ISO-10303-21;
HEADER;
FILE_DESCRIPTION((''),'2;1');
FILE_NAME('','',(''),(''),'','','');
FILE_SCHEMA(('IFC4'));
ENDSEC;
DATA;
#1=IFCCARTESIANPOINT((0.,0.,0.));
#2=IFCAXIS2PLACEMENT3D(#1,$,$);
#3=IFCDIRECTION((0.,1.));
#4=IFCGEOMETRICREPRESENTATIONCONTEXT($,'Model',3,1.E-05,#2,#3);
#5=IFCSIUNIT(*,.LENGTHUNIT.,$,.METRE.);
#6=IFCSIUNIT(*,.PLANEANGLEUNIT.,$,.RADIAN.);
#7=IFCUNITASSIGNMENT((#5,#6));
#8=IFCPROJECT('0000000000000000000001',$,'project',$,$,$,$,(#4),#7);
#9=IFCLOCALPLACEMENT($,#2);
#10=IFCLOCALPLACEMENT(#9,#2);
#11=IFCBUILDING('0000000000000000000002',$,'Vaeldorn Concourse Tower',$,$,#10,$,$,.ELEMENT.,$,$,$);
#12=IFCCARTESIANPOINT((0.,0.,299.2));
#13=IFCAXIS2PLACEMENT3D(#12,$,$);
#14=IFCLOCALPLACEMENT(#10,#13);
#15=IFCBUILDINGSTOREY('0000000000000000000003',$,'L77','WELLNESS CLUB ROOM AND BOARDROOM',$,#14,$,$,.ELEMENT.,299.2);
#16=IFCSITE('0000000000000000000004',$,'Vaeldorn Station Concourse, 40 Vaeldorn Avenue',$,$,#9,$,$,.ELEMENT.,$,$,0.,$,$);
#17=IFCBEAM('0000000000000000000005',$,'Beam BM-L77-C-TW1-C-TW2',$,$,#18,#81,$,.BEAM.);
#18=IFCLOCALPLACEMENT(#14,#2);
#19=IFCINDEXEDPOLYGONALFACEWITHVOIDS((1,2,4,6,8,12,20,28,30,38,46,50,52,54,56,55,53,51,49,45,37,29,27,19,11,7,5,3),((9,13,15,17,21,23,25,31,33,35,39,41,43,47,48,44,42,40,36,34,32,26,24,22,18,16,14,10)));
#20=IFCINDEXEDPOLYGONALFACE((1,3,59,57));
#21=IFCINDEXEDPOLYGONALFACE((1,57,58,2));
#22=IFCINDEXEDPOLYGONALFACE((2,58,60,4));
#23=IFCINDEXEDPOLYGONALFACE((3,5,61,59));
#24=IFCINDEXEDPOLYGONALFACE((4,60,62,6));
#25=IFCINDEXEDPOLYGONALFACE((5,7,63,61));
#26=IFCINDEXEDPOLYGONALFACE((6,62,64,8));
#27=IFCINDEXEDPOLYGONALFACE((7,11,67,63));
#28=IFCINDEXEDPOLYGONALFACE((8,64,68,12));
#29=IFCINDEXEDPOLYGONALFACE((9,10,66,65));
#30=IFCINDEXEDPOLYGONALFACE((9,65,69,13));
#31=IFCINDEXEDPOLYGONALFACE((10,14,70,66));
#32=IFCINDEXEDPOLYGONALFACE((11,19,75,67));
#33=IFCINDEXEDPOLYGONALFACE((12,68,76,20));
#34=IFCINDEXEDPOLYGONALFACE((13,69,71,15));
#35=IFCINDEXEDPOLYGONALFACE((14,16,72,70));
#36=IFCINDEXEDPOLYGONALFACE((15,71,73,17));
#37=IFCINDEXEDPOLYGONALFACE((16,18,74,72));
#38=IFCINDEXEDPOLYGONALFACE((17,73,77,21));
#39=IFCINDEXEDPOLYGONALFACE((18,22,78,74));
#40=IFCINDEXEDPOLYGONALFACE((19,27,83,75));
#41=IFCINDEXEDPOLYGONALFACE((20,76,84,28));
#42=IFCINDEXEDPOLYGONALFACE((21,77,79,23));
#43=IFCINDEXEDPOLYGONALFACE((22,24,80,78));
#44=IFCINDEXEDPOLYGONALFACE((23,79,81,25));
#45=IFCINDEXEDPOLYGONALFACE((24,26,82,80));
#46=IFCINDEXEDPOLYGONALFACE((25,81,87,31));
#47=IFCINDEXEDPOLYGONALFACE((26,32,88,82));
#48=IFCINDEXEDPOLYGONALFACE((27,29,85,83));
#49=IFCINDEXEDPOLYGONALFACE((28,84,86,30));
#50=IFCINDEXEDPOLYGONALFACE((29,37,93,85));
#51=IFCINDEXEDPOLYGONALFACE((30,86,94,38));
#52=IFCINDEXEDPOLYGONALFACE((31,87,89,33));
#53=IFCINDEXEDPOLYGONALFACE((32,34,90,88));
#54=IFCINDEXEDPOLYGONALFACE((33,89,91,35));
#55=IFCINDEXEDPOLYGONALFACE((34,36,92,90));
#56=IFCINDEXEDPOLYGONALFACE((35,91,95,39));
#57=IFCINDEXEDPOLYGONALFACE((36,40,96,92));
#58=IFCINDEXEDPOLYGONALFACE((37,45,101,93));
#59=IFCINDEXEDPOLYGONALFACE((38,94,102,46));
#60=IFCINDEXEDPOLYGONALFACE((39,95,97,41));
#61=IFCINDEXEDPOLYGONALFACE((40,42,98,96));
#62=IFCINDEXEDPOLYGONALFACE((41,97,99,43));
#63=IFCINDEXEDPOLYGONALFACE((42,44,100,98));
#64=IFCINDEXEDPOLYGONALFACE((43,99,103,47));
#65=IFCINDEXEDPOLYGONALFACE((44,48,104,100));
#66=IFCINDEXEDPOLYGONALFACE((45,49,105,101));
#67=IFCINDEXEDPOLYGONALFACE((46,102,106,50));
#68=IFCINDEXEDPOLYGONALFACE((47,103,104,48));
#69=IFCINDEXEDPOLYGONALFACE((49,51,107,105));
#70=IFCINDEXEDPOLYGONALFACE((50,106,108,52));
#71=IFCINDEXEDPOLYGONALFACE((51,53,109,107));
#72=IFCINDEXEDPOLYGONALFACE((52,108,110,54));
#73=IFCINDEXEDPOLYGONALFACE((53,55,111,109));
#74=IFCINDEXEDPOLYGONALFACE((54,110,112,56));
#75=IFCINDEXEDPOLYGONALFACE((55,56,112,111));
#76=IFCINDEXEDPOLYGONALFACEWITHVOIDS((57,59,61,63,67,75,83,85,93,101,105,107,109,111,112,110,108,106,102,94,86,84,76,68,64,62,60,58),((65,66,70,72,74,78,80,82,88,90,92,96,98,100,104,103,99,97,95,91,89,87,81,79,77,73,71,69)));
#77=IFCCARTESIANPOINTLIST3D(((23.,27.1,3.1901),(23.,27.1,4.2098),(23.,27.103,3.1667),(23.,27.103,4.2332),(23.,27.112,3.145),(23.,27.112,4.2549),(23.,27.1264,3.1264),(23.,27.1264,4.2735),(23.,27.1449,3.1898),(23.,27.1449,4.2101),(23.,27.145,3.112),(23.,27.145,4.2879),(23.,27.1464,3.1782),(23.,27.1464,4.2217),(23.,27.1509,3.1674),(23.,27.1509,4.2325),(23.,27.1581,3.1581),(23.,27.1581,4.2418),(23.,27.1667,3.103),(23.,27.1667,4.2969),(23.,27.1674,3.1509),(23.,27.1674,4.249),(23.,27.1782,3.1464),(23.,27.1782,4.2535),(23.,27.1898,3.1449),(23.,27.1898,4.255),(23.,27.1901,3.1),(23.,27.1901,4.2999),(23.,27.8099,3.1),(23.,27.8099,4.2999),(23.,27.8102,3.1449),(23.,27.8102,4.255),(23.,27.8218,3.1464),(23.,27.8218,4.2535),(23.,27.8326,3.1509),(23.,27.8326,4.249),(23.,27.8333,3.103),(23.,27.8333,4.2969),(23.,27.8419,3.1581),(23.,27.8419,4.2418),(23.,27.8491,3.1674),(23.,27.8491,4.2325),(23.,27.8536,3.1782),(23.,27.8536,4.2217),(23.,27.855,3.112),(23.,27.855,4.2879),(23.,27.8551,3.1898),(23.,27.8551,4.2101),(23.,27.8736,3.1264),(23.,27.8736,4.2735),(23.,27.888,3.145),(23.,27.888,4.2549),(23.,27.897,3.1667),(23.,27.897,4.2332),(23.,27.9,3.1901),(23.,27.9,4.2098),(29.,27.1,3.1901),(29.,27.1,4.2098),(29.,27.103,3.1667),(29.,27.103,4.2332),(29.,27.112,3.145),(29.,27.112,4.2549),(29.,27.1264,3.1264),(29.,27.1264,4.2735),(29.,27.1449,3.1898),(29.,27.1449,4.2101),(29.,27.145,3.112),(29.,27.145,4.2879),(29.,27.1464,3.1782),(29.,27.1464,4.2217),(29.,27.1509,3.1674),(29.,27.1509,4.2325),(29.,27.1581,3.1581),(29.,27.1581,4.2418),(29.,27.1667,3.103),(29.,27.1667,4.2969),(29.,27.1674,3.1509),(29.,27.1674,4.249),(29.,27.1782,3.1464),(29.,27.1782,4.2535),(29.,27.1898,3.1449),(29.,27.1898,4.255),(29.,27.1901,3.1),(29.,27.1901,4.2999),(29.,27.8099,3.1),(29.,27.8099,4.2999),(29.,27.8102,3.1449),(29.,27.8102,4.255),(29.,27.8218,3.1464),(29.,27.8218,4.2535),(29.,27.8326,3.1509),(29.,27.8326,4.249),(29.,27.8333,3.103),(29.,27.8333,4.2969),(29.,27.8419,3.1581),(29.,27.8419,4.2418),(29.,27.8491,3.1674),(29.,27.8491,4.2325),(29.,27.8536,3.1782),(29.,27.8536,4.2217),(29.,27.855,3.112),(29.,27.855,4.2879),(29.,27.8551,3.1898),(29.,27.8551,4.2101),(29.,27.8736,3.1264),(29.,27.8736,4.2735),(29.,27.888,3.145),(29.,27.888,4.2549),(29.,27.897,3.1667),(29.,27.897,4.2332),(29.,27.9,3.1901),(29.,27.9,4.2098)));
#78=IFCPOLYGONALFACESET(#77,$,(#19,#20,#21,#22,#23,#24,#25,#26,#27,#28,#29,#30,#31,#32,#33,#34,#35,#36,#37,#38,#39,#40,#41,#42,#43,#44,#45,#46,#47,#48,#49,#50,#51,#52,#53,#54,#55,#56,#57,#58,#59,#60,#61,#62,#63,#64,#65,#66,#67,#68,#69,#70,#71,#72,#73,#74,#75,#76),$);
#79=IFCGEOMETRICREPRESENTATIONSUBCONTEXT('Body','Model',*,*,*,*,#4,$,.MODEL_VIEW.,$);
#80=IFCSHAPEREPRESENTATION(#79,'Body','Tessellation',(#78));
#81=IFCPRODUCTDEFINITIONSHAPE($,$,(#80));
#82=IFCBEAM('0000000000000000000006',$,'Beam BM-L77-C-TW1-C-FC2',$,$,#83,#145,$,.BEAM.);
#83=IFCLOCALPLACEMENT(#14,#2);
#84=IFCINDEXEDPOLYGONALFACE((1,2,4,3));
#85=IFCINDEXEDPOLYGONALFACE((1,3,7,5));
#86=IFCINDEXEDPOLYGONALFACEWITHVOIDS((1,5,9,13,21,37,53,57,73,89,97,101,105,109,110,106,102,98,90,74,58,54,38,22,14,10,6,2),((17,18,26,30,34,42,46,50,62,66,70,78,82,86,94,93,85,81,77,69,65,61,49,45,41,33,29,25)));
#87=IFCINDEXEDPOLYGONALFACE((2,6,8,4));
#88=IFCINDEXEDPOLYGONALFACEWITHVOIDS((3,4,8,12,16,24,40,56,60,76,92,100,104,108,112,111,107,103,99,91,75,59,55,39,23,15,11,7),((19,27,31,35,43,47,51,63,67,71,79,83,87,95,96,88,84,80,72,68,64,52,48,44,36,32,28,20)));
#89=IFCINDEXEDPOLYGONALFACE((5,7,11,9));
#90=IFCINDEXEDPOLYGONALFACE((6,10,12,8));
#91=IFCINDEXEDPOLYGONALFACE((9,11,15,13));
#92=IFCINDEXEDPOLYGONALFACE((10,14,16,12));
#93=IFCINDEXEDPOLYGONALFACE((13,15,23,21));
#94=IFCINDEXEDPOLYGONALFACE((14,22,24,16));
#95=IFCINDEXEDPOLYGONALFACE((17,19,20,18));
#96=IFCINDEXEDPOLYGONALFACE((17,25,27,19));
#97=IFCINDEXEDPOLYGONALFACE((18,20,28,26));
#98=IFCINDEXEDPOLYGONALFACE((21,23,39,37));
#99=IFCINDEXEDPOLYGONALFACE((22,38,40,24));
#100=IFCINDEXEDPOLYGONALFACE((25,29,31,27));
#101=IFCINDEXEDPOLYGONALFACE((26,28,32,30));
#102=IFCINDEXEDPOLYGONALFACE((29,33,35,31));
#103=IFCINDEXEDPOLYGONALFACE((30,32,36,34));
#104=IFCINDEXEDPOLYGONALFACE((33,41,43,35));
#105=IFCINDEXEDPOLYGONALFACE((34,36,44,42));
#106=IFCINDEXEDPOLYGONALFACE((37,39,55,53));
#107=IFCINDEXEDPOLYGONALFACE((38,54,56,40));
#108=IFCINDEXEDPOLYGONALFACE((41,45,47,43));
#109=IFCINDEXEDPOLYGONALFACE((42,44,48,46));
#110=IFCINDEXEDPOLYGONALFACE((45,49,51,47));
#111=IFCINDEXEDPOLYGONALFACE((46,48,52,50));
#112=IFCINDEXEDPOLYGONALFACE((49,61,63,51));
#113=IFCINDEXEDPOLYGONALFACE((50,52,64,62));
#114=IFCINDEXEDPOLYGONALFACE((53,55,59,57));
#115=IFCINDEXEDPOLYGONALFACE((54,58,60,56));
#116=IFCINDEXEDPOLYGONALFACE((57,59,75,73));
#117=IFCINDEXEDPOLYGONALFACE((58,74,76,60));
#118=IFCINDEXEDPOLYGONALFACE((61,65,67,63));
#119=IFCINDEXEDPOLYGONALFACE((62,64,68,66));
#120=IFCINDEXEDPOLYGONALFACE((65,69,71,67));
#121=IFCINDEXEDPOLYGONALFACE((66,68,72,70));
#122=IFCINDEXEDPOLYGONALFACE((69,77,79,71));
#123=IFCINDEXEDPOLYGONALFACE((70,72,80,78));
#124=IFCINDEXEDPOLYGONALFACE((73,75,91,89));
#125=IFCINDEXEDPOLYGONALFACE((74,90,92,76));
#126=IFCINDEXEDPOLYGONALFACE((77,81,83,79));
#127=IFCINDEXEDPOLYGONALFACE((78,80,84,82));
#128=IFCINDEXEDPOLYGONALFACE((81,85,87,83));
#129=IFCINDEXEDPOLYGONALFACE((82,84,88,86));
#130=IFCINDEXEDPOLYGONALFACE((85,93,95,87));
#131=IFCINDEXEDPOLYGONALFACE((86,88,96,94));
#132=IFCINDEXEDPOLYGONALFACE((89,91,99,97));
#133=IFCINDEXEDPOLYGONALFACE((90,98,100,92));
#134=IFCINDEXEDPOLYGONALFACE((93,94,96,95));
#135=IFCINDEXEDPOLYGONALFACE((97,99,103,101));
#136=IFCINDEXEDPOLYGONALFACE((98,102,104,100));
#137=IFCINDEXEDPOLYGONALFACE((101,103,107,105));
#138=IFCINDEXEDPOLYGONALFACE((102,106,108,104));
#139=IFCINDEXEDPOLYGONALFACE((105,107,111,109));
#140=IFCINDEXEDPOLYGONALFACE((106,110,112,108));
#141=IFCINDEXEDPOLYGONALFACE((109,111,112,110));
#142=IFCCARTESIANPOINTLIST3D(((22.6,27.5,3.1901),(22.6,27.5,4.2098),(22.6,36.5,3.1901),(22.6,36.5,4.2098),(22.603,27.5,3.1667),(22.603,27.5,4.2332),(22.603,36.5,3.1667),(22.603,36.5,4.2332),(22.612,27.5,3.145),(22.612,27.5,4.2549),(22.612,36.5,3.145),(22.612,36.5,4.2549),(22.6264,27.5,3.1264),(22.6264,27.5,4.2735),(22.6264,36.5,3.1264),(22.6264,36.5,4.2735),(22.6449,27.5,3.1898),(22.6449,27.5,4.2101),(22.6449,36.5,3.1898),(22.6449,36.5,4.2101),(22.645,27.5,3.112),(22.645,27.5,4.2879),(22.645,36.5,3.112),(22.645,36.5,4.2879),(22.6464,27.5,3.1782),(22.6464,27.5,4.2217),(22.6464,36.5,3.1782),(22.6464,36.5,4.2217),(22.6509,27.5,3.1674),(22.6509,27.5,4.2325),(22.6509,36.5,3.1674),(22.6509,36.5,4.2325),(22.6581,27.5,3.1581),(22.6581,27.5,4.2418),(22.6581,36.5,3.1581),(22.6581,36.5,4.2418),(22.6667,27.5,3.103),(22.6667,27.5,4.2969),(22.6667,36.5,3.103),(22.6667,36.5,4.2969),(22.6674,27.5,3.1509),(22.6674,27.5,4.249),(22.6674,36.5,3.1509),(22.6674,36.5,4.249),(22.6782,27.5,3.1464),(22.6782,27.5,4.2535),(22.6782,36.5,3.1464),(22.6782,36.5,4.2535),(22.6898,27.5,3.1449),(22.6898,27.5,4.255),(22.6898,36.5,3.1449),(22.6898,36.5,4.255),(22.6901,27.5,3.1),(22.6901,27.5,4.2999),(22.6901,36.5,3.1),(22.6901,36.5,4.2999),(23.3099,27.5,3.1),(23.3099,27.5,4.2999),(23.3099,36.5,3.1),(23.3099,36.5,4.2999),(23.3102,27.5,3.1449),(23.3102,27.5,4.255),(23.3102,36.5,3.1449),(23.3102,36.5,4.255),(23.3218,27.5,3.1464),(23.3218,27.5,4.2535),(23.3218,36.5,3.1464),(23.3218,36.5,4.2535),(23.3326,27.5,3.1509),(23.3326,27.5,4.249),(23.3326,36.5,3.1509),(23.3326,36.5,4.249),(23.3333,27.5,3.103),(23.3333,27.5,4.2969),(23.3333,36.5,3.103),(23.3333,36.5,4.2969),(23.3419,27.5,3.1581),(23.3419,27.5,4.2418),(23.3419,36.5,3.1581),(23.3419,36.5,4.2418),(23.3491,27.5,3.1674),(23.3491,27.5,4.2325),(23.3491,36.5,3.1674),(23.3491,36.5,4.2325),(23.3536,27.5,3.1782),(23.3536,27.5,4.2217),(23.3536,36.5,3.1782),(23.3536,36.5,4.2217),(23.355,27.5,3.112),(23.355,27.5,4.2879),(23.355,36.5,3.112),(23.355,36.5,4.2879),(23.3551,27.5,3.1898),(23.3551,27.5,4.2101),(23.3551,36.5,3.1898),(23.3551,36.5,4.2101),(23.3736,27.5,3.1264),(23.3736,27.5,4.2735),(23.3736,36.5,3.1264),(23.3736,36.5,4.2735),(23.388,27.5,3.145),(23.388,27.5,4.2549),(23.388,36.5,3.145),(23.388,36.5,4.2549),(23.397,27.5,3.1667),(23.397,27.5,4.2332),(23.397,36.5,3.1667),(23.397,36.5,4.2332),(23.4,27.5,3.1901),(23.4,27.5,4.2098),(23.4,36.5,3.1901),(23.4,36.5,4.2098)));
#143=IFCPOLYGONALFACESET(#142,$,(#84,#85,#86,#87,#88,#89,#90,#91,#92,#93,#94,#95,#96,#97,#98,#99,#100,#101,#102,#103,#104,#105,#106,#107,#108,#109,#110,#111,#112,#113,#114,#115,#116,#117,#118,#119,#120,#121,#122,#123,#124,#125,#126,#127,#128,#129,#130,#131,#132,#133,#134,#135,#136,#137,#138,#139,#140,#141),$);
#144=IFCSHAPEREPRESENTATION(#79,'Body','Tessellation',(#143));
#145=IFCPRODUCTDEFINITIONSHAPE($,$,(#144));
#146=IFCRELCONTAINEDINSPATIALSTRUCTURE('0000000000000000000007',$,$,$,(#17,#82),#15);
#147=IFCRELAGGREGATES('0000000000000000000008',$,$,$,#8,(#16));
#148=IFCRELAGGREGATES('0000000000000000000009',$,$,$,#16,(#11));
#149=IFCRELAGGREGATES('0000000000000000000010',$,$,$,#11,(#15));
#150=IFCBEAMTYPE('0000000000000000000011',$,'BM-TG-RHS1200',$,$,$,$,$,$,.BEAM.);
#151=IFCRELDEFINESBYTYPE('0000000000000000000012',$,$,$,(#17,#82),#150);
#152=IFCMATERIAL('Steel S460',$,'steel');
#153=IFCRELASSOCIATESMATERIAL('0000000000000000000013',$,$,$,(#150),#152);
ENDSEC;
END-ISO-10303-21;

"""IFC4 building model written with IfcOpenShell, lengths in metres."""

from ifc_helpers import new_model, si_unit, direction, frame, origin, origin_2d, place, context, subcontext, project, spatial, hollow_rectangle, extrude, source, transform, mapped, material, material_profile, profile_set, type_object, element, save


model = new_model("IFC4")

# Units and contexts
model_context = context("Model", 3, precision=1e-05, world=origin(), true_north=direction((0.0, 1.0)))
body_context = subcontext(model_context, "Body", "Model", "MODEL_VIEW")
ifc_project = project(units=[si_unit("LENGTHUNIT", "METRE"), si_unit("PLANEANGLEUNIT", "RADIAN")], contexts=[model_context])

# Site, building, storey
site_placement = place(None, origin())
site = spatial("IfcSite", under=ifc_project, at=site_placement, Name="Vaeldorn Station Concourse, 40 Vaeldorn Avenue", CompositionType="ELEMENT", RefElevation=0.0)
building_placement = place(site_placement, origin())
building = spatial("IfcBuilding", under=site, at=building_placement, Name="Vaeldorn Concourse Tower", CompositionType="ELEMENT")
storey_placement = place(building_placement, frame((0.0, 0.0, 299.2)))
storey = spatial("IfcBuildingStorey", under=building, at=storey_placement, Name="L77", Description="WELLNESS CLUB ROOM AND BOARDROOM", CompositionType="ELEMENT", Elevation=299.2)

# Beams
ifc_material_1 = material(Name="Steel S460", Category="steel")
ifc_material_profile_1 = material_profile(ifc_material_1, hollow_rectangle(XDim=0.8, YDim=1.2, WallThickness=0.0449, InnerFilletRadius=0.0449, OuterFilletRadius=0.0901, at=origin_2d()), Name="RHS 1200x800x45")
ifc_profile_set_1 = profile_set([ifc_material_profile_1], Name="Steel S460")
beam_type_1 = type_object("IfcBeamType", Name="BM-TG-RHS1200", PredefinedType="BEAM", material=ifc_profile_set_1)
shared_shape_1 = source(origin(), body_context, "Body", "SweptSolid", [
    extrude(hollow_rectangle(XDim=0.8, YDim=1.2, WallThickness=0.0449, InnerFilletRadius=0.0449, OuterFilletRadius=0.0901, at=origin_2d()), origin(), (0.0, 0.0, 1.0), 6.0),
])
beam_1_placement = place(storey_placement, frame((23.0, 27.5, 3.7), z_axis=(1.0, 0.0, 0.0), x_axis=(0.0, 1.0, 0.0)))
element("IfcBeam", 1, at=beam_1_placement, inside=storey, type_object=beam_type_1, Name="Beam BM-L77-C-TW1-C-TW2", PredefinedType="BEAM", context=body_context, shape_type="MappedRepresentation", body=[
    mapped(shared_shape_1, transform((0.0, 0.0, 0.0), scale=1.0)),
])
shared_shape_2 = source(origin(), body_context, "Body", "SweptSolid", [
    extrude(hollow_rectangle(XDim=0.8, YDim=1.2, WallThickness=0.0449, InnerFilletRadius=0.0449, OuterFilletRadius=0.0901, at=origin_2d()), origin(), (0.0, 0.0, 1.0), 9.0),
])
beam_2_placement = place(storey_placement, frame((23.0, 27.5, 3.7), z_axis=(0.0, 1.0, 0.0), x_axis=(-1.0, 0.0, 0.0)))
element("IfcBeam", 2, at=beam_2_placement, inside=storey, type_object=beam_type_1, Name="Beam BM-L77-C-TW1-C-FC2", PredefinedType="BEAM", context=body_context, shape_type="MappedRepresentation", body=[
    mapped(shared_shape_2, transform((0.0, 0.0, 0.0), scale=1.0)),
])

save(model, "model.ifc")
